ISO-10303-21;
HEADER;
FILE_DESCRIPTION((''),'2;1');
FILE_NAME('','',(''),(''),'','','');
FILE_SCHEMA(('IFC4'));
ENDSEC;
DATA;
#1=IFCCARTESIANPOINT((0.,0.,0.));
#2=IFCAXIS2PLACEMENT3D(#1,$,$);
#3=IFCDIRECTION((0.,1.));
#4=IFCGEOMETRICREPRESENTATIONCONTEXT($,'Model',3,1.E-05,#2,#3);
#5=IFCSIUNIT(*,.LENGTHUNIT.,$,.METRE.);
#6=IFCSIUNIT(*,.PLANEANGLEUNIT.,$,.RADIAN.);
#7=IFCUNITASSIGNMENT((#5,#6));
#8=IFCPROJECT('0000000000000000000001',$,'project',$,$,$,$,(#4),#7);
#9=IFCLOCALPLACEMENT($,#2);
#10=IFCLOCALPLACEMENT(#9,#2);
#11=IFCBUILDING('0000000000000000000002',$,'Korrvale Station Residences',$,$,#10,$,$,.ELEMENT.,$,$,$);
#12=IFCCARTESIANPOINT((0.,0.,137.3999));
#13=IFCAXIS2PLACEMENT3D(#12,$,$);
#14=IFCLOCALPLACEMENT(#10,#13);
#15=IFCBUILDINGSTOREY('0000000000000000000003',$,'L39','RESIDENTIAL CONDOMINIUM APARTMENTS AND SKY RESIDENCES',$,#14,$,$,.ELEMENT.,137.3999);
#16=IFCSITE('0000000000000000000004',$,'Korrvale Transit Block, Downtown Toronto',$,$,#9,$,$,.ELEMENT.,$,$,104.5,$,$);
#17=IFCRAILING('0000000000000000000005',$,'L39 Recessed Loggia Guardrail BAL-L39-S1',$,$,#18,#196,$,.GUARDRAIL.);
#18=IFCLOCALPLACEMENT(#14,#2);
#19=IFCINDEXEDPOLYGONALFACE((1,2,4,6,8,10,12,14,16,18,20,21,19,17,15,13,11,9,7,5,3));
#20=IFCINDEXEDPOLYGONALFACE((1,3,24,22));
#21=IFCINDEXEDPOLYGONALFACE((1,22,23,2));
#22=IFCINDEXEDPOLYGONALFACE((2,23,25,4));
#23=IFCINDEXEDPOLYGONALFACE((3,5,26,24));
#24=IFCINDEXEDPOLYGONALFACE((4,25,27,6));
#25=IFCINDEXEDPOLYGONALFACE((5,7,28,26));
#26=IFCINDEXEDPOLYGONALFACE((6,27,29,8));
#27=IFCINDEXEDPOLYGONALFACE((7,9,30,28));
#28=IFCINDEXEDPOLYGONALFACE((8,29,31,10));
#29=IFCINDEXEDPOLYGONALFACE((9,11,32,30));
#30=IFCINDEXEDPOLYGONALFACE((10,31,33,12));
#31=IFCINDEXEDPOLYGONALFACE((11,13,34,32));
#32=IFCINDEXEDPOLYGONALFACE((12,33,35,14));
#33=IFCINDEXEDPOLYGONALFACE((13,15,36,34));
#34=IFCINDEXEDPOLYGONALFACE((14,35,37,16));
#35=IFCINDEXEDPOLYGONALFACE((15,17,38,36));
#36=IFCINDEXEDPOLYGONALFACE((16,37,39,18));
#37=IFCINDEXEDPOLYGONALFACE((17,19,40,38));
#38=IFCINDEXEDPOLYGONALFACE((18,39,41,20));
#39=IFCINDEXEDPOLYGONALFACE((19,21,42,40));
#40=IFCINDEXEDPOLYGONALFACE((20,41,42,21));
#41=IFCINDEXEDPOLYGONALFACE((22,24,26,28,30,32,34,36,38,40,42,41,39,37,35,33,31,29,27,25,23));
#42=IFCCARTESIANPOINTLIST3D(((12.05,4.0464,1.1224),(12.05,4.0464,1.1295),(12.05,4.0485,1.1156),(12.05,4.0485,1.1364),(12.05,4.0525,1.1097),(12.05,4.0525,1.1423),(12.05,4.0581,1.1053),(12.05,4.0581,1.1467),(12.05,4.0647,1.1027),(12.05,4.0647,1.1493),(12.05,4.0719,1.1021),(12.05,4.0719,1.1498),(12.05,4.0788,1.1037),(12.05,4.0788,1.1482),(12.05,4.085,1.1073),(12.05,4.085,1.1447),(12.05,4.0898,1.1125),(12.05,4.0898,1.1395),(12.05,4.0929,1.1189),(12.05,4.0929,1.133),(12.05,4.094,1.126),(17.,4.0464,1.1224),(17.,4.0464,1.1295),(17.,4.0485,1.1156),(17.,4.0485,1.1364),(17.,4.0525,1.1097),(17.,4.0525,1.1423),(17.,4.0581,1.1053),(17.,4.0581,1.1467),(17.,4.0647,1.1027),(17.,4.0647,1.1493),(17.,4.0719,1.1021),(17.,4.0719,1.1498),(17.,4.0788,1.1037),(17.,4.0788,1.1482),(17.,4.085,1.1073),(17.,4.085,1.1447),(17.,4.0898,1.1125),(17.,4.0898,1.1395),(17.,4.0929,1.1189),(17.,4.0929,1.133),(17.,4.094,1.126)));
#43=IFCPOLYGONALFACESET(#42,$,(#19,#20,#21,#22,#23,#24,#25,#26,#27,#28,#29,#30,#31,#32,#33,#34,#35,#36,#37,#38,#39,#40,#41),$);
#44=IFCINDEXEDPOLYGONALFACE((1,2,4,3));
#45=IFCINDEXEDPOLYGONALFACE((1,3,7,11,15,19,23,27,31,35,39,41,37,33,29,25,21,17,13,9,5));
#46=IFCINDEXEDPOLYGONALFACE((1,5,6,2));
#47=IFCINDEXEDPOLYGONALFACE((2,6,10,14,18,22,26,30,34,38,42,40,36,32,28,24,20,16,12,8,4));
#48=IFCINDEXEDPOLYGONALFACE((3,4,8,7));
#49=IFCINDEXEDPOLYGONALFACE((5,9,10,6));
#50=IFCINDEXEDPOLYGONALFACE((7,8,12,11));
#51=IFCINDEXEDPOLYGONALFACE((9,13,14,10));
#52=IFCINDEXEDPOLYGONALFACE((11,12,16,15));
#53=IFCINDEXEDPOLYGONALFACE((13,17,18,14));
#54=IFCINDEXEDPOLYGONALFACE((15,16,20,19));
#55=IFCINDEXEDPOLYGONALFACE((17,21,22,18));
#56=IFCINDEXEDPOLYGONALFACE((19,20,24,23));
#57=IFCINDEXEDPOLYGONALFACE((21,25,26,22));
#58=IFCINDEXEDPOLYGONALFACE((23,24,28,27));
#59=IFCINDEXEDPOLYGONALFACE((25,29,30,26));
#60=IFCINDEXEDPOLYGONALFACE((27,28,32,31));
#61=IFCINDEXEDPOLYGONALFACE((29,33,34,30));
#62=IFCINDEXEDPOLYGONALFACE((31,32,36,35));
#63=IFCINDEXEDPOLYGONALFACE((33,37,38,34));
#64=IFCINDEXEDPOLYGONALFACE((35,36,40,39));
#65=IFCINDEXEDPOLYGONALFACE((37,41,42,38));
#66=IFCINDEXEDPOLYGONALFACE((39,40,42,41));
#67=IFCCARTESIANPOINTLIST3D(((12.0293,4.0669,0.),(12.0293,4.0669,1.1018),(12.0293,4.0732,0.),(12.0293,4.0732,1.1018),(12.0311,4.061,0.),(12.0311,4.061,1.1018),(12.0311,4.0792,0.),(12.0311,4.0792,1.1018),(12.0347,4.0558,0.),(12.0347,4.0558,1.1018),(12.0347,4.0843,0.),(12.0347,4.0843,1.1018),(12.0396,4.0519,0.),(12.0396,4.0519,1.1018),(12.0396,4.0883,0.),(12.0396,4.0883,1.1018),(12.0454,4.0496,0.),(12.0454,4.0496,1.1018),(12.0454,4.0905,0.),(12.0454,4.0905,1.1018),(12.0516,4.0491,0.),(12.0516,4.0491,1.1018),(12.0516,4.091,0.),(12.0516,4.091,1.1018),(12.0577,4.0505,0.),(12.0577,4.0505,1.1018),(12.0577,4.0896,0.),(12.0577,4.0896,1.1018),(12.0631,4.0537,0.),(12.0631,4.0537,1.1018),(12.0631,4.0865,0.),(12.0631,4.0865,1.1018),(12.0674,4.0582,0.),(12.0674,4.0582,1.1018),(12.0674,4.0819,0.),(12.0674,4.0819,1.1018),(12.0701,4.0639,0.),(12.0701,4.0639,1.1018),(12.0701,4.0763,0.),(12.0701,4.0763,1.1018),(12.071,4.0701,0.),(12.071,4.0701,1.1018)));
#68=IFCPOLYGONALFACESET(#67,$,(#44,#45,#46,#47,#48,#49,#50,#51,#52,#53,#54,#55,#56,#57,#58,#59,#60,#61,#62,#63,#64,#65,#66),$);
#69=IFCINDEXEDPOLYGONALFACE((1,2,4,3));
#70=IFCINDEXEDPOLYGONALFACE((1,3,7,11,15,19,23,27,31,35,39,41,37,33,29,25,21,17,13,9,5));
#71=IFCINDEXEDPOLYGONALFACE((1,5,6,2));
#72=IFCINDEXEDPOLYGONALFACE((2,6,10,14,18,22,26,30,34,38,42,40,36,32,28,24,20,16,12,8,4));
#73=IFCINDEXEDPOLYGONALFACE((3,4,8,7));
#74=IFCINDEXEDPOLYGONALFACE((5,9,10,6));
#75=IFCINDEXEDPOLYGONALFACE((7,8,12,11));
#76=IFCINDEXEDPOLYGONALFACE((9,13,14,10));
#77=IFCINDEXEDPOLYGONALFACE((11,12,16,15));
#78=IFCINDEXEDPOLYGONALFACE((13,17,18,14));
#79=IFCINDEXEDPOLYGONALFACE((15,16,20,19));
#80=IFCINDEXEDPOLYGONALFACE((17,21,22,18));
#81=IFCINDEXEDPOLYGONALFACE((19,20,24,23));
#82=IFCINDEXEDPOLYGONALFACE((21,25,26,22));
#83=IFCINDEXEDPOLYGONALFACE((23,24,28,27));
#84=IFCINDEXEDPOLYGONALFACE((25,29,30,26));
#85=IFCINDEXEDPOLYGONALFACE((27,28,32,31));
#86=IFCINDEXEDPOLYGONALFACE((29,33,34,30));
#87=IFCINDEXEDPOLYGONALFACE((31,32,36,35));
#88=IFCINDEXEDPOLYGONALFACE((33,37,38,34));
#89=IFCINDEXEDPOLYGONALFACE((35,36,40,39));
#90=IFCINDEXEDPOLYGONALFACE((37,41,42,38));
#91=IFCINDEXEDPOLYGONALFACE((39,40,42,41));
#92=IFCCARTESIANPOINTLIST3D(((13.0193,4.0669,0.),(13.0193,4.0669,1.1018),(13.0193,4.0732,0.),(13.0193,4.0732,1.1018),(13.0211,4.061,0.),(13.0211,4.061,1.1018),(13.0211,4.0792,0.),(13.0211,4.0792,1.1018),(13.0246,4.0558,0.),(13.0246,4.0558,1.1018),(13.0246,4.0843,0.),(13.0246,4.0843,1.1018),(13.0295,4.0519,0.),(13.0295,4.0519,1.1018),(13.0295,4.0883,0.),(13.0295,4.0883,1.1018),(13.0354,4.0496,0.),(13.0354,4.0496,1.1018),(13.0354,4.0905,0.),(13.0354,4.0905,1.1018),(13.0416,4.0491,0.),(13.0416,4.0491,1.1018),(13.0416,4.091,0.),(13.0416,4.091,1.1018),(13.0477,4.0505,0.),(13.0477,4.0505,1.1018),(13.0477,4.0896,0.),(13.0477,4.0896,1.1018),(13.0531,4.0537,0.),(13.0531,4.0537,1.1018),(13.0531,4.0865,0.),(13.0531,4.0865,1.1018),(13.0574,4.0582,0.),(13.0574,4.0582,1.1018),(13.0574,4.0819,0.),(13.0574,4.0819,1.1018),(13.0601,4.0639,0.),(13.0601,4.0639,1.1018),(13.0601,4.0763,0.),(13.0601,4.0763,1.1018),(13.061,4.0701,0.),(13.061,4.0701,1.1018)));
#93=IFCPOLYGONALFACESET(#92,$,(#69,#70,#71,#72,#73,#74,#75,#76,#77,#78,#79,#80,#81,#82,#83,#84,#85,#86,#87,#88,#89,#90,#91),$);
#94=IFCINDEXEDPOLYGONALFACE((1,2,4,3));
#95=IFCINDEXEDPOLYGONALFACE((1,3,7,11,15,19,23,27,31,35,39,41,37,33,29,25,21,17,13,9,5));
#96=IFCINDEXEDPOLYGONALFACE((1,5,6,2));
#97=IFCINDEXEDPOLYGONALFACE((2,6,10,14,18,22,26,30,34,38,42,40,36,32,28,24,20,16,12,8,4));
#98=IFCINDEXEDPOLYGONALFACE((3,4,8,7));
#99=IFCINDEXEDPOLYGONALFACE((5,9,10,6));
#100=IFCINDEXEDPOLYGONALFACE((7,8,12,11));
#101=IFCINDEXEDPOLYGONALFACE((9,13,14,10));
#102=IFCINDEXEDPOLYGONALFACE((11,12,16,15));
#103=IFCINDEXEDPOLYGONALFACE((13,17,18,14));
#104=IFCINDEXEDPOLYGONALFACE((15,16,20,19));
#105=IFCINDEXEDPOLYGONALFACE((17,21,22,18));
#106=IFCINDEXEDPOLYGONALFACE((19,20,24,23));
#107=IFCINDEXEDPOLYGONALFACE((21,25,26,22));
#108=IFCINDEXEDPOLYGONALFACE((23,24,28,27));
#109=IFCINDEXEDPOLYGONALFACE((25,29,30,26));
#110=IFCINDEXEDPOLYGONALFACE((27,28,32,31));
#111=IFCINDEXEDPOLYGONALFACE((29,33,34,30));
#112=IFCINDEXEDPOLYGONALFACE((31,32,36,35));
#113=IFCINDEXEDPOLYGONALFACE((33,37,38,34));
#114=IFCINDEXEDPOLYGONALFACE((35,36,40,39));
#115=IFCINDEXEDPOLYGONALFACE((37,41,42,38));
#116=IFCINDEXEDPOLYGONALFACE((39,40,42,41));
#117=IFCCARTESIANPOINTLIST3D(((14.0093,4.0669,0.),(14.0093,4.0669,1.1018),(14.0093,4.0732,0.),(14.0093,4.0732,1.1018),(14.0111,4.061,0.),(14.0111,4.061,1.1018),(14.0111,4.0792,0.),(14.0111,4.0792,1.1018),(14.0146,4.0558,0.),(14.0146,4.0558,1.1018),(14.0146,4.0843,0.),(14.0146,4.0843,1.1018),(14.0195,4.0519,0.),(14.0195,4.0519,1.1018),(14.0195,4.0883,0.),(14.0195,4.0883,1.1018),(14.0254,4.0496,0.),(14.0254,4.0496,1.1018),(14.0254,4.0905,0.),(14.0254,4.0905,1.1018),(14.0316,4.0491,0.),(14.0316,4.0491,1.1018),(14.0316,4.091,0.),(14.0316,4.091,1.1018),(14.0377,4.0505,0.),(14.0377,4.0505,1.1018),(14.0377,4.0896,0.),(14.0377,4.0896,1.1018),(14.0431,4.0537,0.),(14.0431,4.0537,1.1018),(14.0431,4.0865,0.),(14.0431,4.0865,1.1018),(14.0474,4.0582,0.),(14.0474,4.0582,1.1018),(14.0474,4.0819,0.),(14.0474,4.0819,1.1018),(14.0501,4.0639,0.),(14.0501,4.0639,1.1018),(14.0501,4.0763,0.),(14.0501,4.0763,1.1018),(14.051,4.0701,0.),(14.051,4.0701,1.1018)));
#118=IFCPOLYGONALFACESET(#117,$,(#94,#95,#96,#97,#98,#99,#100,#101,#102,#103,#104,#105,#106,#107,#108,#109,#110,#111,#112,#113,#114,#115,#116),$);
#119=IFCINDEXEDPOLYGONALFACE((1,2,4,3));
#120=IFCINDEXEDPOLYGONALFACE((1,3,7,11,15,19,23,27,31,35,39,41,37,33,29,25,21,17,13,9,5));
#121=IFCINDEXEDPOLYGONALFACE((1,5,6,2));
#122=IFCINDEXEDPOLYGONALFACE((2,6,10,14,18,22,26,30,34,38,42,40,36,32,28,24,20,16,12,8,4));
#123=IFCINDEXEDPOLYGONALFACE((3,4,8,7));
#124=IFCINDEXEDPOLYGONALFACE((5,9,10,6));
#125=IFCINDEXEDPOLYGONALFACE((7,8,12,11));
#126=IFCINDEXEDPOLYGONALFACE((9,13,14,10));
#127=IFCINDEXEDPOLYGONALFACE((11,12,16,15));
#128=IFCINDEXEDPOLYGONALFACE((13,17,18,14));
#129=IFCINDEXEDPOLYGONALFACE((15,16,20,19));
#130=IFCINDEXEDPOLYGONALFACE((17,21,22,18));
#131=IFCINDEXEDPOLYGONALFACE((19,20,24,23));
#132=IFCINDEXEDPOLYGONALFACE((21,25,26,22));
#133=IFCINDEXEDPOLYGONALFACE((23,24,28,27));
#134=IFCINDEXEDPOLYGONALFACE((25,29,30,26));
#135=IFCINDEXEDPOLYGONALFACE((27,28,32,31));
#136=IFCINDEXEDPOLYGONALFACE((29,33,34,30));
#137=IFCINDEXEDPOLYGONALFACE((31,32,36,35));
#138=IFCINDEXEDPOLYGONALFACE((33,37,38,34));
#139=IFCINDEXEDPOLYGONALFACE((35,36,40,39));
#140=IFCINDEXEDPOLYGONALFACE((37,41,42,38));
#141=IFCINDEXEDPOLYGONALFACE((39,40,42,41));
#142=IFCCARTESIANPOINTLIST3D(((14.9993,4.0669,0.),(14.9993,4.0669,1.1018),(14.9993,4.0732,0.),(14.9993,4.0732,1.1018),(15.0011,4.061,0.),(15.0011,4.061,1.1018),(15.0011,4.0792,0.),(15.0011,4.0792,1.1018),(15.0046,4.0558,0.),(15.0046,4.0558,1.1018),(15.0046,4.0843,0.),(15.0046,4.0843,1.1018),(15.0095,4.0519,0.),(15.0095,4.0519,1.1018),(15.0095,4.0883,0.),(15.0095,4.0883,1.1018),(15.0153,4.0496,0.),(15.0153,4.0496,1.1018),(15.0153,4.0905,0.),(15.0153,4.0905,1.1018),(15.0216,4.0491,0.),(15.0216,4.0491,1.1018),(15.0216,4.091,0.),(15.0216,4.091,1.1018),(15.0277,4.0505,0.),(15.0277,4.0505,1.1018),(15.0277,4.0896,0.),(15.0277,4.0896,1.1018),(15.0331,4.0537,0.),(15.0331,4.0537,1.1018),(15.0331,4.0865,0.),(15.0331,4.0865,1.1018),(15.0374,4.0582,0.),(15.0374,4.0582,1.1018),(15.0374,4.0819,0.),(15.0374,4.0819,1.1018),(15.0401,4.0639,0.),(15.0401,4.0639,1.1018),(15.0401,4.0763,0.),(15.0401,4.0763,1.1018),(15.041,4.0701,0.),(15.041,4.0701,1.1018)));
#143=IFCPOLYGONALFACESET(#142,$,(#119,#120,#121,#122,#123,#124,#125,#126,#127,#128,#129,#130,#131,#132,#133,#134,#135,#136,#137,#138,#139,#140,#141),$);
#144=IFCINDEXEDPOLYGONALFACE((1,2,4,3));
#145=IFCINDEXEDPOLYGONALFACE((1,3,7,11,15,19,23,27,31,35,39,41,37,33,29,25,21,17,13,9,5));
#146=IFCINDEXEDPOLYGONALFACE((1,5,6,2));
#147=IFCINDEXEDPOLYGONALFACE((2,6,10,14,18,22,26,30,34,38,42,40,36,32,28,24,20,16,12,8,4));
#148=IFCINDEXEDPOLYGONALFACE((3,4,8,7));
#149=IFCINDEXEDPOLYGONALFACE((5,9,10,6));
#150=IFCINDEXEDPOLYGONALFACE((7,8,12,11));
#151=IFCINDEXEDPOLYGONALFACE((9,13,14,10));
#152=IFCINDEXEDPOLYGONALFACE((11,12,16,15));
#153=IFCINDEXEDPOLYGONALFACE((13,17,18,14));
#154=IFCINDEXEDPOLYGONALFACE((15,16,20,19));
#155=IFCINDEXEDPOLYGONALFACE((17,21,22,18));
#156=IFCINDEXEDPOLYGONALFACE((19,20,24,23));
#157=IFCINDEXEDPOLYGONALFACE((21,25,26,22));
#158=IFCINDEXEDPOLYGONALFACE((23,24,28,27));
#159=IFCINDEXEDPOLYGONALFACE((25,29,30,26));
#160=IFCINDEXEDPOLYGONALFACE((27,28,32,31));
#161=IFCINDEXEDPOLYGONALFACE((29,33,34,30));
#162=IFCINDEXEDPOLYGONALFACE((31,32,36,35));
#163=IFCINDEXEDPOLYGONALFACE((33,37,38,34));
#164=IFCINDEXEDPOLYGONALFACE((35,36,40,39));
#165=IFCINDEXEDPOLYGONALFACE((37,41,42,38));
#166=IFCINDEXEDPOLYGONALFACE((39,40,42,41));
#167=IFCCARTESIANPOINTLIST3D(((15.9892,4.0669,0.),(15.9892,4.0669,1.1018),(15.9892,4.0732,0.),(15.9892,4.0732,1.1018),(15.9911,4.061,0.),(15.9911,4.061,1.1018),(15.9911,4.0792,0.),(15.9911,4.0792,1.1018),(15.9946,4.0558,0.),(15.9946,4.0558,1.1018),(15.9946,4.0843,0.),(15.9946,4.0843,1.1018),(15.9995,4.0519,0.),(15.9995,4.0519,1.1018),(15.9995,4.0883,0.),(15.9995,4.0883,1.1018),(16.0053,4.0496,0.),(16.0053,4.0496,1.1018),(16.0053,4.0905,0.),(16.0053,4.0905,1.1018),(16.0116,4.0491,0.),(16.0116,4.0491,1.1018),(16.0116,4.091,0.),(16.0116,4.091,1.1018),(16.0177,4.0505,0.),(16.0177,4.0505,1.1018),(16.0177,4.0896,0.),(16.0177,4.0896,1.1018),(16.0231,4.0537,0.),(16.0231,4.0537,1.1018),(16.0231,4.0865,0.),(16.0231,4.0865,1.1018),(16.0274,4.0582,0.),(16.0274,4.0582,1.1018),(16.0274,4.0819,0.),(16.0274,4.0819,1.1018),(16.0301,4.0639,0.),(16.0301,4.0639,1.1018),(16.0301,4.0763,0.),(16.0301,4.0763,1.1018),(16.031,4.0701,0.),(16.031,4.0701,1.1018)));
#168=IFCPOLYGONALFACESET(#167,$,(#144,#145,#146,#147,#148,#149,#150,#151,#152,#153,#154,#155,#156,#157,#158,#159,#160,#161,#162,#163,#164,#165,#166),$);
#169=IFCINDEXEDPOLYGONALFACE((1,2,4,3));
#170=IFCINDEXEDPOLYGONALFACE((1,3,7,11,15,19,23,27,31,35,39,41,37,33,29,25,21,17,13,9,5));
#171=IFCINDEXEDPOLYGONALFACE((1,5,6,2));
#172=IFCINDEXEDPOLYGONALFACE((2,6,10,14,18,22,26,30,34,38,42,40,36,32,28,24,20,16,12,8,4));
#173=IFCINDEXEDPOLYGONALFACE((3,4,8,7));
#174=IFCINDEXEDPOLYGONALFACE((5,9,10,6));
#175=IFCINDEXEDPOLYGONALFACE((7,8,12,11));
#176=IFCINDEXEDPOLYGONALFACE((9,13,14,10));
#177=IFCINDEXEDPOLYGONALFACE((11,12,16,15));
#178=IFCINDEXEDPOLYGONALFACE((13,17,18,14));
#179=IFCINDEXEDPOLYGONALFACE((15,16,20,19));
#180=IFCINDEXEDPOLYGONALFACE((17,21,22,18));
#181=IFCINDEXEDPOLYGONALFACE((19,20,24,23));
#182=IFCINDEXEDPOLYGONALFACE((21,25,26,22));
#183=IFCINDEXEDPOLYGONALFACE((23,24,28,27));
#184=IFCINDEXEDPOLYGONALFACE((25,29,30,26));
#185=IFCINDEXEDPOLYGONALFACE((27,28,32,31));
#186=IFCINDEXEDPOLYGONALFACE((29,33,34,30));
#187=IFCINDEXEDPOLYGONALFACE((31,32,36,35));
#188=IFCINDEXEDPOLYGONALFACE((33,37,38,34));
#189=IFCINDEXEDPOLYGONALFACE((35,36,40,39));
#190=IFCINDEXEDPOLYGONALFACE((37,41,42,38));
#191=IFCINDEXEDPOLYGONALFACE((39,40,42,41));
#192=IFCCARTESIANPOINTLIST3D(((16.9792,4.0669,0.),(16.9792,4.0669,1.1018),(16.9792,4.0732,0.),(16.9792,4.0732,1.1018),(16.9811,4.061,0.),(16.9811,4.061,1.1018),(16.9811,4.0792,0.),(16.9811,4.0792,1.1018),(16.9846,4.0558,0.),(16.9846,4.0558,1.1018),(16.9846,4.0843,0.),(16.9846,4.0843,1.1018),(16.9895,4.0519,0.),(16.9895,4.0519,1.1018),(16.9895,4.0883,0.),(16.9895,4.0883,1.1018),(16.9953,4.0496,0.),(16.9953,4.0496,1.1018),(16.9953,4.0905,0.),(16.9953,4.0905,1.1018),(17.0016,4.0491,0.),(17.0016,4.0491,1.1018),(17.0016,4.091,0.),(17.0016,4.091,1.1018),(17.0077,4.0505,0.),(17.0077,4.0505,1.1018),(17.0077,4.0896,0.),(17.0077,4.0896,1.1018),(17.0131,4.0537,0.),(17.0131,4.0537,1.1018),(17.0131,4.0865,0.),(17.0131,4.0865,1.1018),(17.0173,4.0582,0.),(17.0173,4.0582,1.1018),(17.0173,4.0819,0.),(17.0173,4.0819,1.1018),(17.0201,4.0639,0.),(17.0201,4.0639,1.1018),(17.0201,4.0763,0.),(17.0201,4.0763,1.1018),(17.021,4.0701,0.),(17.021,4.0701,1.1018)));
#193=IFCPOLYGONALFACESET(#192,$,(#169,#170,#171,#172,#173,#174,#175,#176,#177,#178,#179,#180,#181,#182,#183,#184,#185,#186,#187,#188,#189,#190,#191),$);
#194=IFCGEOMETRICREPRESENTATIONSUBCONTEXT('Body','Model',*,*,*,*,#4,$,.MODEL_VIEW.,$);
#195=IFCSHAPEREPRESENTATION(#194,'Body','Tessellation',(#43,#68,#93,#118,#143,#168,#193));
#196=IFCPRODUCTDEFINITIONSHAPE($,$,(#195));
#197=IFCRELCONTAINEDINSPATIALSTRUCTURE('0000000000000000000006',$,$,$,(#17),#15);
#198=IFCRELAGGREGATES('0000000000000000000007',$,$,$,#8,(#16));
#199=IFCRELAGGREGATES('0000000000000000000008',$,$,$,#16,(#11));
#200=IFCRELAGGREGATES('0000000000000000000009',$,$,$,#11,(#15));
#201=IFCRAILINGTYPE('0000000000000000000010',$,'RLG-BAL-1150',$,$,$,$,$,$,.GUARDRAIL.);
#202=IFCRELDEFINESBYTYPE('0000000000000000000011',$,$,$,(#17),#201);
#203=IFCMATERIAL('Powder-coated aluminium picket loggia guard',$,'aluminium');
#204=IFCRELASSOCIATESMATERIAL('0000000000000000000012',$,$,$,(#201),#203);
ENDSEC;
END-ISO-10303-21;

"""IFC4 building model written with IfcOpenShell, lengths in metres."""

from ifc_helpers import new_model, si_unit, direction, frame, origin, origin_2d, place, context, subcontext, project, spatial, circle, extrude, material, type_object, element, save


model = new_model("IFC4")

# Units and contexts
model_context = context("Model", 3, precision=1e-05, world=origin(), true_north=direction((0.0, 1.0)))
body_context = subcontext(model_context, "Body", "Model", "MODEL_VIEW")
ifc_project = project(units=[si_unit("LENGTHUNIT", "METRE"), si_unit("PLANEANGLEUNIT", "RADIAN")], contexts=[model_context])

# Site, building, storey
site_placement = place(None, origin())
site = spatial("IfcSite", under=ifc_project, at=site_placement, Name="Korrvale Transit Block, Downtown Toronto", CompositionType="ELEMENT", RefElevation=104.5)
building_placement = place(site_placement, origin())
building = spatial("IfcBuilding", under=site, at=building_placement, Name="Korrvale Station Residences", CompositionType="ELEMENT")
storey_placement = place(building_placement, frame((0.0, 0.0, 137.3999)))
storey = spatial("IfcBuildingStorey", under=building, at=storey_placement, Name="L39", Description="RESIDENTIAL CONDOMINIUM APARTMENTS AND SKY RESIDENCES", CompositionType="ELEMENT", Elevation=137.3999)

# Railing
ifc_material_1 = material(Name="Powder-coated aluminium picket loggia guard", Category="aluminium")
railing_type = type_object("IfcRailingType", Name="RLG-BAL-1150", PredefinedType="GUARDRAIL", material=ifc_material_1)
railing_placement = place(storey_placement, frame((12.05, 4.0701, 0.0)))
element("IfcRailing", 1, at=railing_placement, inside=storey, type_object=railing_type, Name="L39 Recessed Loggia Guardrail BAL-L39-S1", PredefinedType="GUARDRAIL", context=body_context, shape_type="SweptSolid", body=[
    extrude(circle(Radius=0.0239, at=origin_2d()), frame((0.0, 0.0, 1.126), z_axis=(1.0, 0.0, 0.0), x_axis=(0.0, 1.0, 0.0)), (0.0, 0.0, 1.0), 4.95),
    extrude(circle(Radius=0.021, at=origin_2d()), origin(), (0.0, 0.0, 1.0), 1.1018),
    extrude(circle(Radius=0.021, at=origin_2d()), frame((0.99, 0.0, 0.0)), (0.0, 0.0, 1.0), 1.1018),
    extrude(circle(Radius=0.021, at=origin_2d()), frame((1.98, 0.0, 0.0)), (0.0, 0.0, 1.0), 1.1018),
    extrude(circle(Radius=0.021, at=origin_2d()), frame((2.97, 0.0, 0.0)), (0.0, 0.0, 1.0), 1.1018),
    extrude(circle(Radius=0.021, at=origin_2d()), frame((3.96, 0.0, 0.0)), (0.0, 0.0, 1.0), 1.1018),
    extrude(circle(Radius=0.021, at=origin_2d()), frame((4.95, 0.0, 0.0)), (0.0, 0.0, 1.0), 1.1018),
])

save(model, "model.ifc")
